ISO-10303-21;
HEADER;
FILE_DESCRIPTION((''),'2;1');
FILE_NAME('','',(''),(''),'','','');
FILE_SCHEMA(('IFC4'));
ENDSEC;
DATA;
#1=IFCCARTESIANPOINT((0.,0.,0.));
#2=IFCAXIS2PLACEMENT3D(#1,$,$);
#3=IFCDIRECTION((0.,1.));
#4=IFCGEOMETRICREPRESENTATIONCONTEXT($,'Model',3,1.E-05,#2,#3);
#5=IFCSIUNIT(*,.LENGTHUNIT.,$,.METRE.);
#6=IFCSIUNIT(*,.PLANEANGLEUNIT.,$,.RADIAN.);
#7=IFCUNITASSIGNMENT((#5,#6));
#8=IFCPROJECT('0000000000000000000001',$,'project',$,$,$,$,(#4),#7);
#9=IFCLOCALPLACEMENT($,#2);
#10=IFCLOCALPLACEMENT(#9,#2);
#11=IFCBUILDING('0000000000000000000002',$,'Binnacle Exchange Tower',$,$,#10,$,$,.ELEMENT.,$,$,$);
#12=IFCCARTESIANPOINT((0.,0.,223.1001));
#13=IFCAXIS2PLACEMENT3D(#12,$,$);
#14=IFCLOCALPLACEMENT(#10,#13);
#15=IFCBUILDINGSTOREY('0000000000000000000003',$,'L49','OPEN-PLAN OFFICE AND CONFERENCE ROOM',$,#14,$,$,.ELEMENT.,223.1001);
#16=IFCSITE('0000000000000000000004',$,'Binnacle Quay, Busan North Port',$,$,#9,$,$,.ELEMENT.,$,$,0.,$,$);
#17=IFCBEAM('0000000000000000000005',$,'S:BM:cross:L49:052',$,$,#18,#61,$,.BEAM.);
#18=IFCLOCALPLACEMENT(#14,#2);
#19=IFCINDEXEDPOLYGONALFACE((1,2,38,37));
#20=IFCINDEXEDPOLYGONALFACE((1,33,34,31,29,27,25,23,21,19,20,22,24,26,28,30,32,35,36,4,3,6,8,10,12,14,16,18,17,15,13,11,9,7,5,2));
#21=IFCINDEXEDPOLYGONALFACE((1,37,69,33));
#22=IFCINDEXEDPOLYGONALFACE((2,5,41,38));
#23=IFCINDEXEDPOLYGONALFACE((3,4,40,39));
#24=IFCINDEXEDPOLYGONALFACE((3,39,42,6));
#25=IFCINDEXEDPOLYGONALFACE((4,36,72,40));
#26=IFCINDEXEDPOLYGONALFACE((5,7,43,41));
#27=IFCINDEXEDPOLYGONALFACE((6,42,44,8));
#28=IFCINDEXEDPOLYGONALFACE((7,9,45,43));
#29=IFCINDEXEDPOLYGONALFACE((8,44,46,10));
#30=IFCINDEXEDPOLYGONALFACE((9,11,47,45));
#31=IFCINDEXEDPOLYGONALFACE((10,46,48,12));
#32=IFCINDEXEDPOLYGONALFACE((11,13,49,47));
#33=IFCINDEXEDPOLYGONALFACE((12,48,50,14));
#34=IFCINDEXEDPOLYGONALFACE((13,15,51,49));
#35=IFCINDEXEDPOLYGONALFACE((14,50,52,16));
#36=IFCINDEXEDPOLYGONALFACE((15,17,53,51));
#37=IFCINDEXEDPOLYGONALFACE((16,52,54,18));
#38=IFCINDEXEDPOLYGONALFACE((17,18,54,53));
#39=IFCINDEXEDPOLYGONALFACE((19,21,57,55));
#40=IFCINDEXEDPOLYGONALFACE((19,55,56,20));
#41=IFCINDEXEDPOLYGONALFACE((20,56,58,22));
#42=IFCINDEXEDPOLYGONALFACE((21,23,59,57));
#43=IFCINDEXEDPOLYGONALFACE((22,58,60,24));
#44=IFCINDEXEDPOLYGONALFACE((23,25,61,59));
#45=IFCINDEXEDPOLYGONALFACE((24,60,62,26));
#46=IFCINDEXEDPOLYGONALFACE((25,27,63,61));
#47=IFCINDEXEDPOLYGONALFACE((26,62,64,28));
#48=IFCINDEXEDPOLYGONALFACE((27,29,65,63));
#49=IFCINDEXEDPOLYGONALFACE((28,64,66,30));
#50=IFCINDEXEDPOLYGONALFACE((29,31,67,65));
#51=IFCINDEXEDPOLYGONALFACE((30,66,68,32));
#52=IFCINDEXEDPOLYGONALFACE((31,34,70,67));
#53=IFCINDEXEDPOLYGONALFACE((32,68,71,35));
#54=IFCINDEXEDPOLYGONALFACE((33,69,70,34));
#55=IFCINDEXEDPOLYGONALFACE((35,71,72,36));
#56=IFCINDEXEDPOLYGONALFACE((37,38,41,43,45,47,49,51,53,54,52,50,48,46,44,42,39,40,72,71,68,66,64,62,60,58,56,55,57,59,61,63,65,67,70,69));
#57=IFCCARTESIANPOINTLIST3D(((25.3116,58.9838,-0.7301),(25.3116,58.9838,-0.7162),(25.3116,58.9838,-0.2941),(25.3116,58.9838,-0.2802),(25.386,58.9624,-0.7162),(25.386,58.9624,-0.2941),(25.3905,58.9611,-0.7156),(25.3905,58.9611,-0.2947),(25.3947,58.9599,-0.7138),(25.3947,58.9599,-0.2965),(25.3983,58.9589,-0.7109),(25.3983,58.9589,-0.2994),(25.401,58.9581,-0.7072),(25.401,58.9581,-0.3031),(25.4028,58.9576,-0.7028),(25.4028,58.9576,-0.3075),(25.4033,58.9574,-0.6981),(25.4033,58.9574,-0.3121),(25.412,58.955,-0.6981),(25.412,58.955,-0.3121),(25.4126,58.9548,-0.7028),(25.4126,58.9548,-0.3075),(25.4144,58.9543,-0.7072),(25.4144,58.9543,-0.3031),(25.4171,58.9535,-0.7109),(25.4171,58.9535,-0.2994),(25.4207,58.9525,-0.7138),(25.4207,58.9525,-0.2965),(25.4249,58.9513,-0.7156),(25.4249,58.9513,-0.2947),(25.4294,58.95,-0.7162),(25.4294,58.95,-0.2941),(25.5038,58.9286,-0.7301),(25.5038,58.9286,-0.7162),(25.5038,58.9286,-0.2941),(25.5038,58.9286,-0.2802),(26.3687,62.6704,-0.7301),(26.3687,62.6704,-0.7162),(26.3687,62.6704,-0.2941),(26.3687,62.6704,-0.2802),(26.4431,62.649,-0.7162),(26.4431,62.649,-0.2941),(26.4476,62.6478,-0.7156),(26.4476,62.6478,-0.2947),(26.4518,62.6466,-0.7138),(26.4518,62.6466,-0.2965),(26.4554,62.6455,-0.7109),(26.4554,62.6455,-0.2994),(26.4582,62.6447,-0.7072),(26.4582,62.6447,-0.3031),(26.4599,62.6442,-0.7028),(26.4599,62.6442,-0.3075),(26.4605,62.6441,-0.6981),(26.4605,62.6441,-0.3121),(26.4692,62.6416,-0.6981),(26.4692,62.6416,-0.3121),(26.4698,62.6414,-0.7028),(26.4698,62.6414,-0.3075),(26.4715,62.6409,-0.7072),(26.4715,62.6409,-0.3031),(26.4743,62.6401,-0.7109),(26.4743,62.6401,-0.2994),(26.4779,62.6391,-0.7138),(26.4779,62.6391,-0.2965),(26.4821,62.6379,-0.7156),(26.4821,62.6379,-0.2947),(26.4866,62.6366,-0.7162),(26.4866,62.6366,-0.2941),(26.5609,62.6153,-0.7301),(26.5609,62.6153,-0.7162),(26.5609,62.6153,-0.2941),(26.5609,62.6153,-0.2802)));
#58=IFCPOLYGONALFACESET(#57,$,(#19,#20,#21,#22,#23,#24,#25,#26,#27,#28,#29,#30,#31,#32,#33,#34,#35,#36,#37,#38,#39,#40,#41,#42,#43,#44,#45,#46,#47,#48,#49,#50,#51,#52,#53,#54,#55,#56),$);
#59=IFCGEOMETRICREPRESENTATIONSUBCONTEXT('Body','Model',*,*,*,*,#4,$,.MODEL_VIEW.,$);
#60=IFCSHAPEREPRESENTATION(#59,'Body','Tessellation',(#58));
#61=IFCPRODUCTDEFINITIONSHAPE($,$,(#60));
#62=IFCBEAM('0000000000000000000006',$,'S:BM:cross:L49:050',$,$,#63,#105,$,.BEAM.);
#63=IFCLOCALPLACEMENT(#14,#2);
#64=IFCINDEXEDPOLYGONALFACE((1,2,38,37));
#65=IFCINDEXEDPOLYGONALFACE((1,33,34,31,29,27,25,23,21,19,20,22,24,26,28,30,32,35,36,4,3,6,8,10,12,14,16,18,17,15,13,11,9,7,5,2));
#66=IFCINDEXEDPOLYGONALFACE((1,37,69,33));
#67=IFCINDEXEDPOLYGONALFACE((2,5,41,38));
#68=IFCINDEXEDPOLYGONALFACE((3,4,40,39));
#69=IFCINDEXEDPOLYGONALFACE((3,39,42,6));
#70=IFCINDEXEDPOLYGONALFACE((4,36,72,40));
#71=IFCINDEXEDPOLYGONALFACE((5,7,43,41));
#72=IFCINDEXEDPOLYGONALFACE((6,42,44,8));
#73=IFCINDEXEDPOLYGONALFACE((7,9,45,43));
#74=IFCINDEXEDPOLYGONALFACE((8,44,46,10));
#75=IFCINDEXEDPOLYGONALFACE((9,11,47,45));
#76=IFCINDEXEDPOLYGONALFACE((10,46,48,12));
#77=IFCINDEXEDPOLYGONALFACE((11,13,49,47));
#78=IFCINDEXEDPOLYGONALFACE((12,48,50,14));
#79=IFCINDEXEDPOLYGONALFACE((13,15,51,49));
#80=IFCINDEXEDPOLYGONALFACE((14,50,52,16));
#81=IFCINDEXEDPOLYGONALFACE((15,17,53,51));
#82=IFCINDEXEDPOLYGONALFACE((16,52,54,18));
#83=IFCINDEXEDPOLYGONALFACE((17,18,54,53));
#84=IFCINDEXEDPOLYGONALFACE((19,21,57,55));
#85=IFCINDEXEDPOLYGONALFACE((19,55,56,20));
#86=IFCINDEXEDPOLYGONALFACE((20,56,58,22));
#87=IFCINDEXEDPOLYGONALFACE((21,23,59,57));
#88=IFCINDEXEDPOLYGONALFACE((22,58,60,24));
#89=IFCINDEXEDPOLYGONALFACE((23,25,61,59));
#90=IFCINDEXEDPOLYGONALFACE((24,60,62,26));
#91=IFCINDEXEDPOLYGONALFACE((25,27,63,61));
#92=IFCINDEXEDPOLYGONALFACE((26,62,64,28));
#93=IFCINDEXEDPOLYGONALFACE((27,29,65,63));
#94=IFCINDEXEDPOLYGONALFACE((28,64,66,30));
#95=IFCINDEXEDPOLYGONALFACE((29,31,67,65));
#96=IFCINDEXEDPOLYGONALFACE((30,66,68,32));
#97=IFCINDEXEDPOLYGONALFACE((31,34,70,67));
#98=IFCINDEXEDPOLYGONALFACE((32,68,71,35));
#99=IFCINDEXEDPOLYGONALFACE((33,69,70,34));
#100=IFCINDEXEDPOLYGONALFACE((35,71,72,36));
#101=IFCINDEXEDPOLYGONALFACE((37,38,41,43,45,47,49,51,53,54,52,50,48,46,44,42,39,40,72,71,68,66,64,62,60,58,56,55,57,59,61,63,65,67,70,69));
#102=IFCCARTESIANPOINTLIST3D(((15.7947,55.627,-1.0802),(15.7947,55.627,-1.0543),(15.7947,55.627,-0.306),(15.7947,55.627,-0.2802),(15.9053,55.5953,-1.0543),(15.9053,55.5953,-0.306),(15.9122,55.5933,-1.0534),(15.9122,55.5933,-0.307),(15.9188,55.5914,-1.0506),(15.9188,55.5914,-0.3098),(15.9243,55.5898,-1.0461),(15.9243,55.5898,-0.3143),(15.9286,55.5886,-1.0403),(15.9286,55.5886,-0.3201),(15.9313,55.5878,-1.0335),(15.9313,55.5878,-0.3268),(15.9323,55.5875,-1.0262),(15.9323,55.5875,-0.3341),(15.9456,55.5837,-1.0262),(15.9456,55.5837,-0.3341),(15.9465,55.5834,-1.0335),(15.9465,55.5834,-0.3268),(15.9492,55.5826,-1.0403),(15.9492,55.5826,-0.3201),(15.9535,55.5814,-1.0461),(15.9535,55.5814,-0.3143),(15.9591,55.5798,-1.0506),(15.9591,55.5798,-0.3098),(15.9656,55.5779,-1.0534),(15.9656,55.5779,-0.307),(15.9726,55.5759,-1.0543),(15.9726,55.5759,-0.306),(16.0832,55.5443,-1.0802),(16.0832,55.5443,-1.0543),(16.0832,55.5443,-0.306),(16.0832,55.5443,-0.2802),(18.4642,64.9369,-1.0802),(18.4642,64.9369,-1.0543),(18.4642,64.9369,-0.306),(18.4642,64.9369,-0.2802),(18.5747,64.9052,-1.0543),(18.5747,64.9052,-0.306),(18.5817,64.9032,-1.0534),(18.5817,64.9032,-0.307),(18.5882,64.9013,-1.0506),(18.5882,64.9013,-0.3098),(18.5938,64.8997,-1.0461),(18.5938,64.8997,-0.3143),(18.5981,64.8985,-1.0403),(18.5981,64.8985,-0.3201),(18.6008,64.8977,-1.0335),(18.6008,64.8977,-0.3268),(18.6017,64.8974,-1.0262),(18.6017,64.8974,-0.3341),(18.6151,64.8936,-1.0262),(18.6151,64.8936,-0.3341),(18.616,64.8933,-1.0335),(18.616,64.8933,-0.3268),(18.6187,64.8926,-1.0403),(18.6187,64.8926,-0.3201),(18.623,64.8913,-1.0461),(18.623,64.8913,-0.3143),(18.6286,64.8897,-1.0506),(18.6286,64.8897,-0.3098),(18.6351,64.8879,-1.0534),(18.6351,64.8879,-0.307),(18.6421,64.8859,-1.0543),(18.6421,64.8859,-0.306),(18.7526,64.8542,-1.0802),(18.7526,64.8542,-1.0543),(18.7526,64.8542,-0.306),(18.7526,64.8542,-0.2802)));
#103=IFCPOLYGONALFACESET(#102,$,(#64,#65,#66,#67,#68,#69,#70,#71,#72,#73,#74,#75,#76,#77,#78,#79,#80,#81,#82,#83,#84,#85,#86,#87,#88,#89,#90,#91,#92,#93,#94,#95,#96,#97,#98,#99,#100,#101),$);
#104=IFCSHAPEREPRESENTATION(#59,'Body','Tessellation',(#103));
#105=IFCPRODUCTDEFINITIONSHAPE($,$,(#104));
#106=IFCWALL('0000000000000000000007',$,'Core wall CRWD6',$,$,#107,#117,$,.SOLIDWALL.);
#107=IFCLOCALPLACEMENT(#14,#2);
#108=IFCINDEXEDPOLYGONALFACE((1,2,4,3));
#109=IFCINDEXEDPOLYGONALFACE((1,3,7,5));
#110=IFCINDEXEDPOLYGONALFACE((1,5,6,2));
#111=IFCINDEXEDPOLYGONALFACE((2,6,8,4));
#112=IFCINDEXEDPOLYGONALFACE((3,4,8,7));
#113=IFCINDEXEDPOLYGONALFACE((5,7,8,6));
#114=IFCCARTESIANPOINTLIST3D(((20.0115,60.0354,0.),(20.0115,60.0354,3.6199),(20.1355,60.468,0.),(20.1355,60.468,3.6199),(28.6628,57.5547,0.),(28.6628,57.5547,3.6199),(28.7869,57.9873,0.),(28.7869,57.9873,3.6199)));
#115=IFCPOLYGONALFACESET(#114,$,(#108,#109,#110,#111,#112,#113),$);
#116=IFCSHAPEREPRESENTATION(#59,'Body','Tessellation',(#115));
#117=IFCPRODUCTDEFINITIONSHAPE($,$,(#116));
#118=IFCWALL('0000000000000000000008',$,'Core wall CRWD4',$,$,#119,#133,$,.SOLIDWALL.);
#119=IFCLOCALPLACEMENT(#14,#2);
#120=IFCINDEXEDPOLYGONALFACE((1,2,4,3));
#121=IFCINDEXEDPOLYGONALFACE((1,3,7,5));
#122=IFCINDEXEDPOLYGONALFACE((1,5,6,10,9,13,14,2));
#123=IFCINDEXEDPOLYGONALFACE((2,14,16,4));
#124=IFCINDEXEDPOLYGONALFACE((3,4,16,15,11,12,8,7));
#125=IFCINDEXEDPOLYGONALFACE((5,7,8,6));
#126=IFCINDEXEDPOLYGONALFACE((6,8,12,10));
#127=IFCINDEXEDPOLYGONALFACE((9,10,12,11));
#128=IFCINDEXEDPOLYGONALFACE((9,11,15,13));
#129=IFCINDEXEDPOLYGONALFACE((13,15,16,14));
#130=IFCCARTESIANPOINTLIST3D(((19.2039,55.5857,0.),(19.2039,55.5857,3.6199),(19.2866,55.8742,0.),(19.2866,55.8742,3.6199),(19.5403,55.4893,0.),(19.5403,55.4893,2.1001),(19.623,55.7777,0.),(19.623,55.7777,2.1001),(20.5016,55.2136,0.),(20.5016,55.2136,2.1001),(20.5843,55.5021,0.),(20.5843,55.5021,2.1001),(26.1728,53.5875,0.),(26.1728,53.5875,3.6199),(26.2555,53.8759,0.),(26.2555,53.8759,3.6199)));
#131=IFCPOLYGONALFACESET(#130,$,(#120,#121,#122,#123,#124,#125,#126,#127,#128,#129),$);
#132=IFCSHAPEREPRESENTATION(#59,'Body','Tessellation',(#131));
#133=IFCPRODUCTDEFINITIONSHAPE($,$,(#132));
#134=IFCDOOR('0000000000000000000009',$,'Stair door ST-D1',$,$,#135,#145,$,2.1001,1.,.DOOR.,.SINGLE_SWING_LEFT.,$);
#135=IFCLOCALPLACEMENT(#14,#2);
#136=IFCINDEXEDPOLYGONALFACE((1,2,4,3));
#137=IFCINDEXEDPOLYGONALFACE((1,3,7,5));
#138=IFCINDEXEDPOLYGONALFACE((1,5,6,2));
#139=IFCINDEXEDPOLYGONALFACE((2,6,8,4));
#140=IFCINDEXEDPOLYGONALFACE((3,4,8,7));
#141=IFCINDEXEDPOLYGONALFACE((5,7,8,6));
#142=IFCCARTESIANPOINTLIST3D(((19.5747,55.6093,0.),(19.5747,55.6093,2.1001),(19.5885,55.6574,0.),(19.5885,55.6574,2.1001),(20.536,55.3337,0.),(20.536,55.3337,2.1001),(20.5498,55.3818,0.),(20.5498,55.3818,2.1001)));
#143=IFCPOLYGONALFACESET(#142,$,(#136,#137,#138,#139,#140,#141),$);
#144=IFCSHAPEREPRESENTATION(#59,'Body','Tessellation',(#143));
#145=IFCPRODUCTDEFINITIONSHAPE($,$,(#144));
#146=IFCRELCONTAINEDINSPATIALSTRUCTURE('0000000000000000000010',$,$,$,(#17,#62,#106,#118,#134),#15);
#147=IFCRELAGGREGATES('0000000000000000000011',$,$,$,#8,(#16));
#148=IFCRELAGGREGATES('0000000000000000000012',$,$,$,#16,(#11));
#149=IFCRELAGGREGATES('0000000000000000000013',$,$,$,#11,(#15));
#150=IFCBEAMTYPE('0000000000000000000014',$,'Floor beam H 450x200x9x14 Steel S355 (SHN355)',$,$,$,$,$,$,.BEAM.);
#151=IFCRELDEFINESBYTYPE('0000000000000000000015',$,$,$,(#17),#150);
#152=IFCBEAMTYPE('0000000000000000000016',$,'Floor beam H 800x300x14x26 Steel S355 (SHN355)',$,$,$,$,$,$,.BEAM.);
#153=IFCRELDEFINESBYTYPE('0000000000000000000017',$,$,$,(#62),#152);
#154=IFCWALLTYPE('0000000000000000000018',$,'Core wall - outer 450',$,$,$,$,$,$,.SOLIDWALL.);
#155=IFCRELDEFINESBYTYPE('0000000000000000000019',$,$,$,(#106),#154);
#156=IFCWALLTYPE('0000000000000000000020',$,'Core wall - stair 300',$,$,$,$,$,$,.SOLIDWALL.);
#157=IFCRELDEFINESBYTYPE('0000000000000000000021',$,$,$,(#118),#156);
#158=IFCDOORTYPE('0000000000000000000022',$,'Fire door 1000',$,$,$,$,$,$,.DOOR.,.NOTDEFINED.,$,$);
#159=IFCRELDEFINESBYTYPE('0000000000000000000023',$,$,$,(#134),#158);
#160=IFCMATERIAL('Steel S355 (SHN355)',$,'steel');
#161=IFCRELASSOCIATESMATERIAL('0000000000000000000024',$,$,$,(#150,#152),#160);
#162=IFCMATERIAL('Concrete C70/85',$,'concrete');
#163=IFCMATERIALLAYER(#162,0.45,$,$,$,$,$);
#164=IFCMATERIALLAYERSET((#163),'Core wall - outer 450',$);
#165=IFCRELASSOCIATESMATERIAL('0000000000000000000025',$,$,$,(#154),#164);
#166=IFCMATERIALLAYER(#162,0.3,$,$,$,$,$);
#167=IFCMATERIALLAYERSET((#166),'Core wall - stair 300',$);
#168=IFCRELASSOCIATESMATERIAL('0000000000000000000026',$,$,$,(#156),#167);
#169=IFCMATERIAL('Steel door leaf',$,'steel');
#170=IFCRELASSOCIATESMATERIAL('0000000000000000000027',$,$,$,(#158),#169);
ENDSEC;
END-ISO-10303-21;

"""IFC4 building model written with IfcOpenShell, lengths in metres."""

from ifc_helpers import new_model, si_unit, direction, frame, frame_2d, origin, origin_2d, place, context, subcontext, project, spatial, rectangle, i_section, extrude, material, layer, layer_set, material_profile, profile_set, type_object, element, fill, save


model = new_model("IFC4")

# Units and contexts
model_context = context("Model", 3, precision=1e-05, world=origin(), true_north=direction((0.0, 1.0)))
body_context = subcontext(model_context, "Body", "Model", "MODEL_VIEW")
ifc_project = project(units=[si_unit("LENGTHUNIT", "METRE"), si_unit("PLANEANGLEUNIT", "RADIAN")], contexts=[model_context])

# Site, building, storey
site_placement = place(None, origin())
site = spatial("IfcSite", under=ifc_project, at=site_placement, Name="Binnacle Quay, Busan North Port", CompositionType="ELEMENT", RefElevation=0.0)
building_placement = place(site_placement, origin())
building = spatial("IfcBuilding", under=site, at=building_placement, Name="Binnacle Exchange Tower", CompositionType="ELEMENT")
storey_placement = place(building_placement, frame((0.0, 0.0, 223.1001)))
storey = spatial("IfcBuildingStorey", under=building, at=storey_placement, Name="L49", Description="OPEN-PLAN OFFICE AND CONFERENCE ROOM", CompositionType="ELEMENT", Elevation=223.1001)

# Beams
ifc_material_1 = material(Name="Steel S355 (SHN355)", Category="steel")
ifc_material_profile_1 = material_profile(ifc_material_1, i_section(OverallWidth=0.2, OverallDepth=0.45, WebThickness=0.009, FlangeThickness=0.0139, FilletRadius=0.0181, at=origin_2d()), Name="H 450x200x9x14")
ifc_profile_set_1 = profile_set([ifc_material_profile_1], Name="Steel S355 (SHN355)")
beam_type_1 = type_object("IfcBeamType", Name="Floor beam H 450x200x9x14 Steel S355 (SHN355)", PredefinedType="BEAM", material=ifc_profile_set_1)
beam_1_placement = place(storey_placement, frame((26.4648, 62.6428, -0.5051), z_axis=(-0.275646, -0.961259, 0.0), x_axis=(0.961259, -0.275646, 0.0)))
element("IfcBeam", 1, at=beam_1_placement, inside=storey, type_object=beam_type_1, Name="S:BM:cross:L49:052", PredefinedType="BEAM", context=body_context, shape_type="SweptSolid", body=[
    extrude(i_section(OverallWidth=0.2, OverallDepth=0.45, WebThickness=0.009, FlangeThickness=0.0139, FilletRadius=0.0181, at=origin_2d()), origin(), (0.0, 0.0, 1.0), 3.8352),
])
ifc_material_profile_2 = material_profile(ifc_material_1, i_section(OverallWidth=0.3, OverallDepth=0.8, WebThickness=0.0139, FlangeThickness=0.0259, FilletRadius=0.0281, at=origin_2d()), Name="H 800x300x14x26")
ifc_profile_set_2 = profile_set([ifc_material_profile_2], Name="Steel S355 (SHN355)")
beam_type_2 = type_object("IfcBeamType", Name="Floor beam H 800x300x14x26 Steel S355 (SHN355)", PredefinedType="BEAM", material=ifc_profile_set_2)
beam_2_placement = place(storey_placement, frame((18.6084, 64.8955, -0.6802), z_axis=(-0.275627, -0.961265, 0.0), x_axis=(0.961265, -0.275627, 0.0)))
element("IfcBeam", 2, at=beam_2_placement, inside=storey, type_object=beam_type_2, Name="S:BM:cross:L49:050", PredefinedType="BEAM", context=body_context, shape_type="SweptSolid", body=[
    extrude(i_section(OverallWidth=0.3, OverallDepth=0.8, WebThickness=0.0139, FlangeThickness=0.0259, FilletRadius=0.0281, at=origin_2d()), origin(), (0.0, 0.0, 1.0), 9.6851),
])

# Wall
ifc_material_2 = material(Name="Concrete C70/85", Category="concrete")
ifc_layer_1 = layer(ifc_material_2, 0.45)
ifc_layer_set_1 = layer_set([ifc_layer_1], Name="Core wall - outer 450")
wall_type_1 = type_object("IfcWallType", Name="Core wall - outer 450", PredefinedType="SOLIDWALL", material=ifc_layer_set_1)
wall_1_placement = place(storey_placement, frame((20.0735, 60.2517, 0.0), z_axis=(0.0, 0.0, 1.0), x_axis=(0.961262, -0.275635, 0.0)))
element("IfcWall", 3, at=wall_1_placement, inside=storey, type_object=wall_type_1, Name="Core wall CRWD6", PredefinedType="SOLIDWALL", context=body_context, shape_type="SweptSolid", body=[
    extrude(rectangle(XDim=9.0, YDim=0.45, at=frame_2d((4.5, 0.0))), origin(), (0.0, 0.0, 1.0), 3.6199),
])

# Wall, opening, door
ifc_layer_2 = layer(ifc_material_2, 0.3)
ifc_layer_set_2 = layer_set([ifc_layer_2], Name="Core wall - stair 300")
wall_type_2 = type_object("IfcWallType", Name="Core wall - stair 300", PredefinedType="SOLIDWALL", material=ifc_layer_set_2)
wall_2_placement = place(storey_placement, frame((19.2451, 55.73, 0.0), z_axis=(0.0, 0.0, 1.0), x_axis=(0.961263, -0.275633, 0.0)))
wall_2 = element("IfcWall", 4, at=wall_2_placement, inside=storey, type_object=wall_type_2, Name="Core wall CRWD4", PredefinedType="SOLIDWALL", context=body_context, shape_type="SweptSolid", body=[
    extrude(rectangle(XDim=7.2498, YDim=0.3, at=frame_2d((3.625, 0.0))), origin(), (0.0, 0.0, 1.0), 3.6199),
])
opening_1_placement = place(wall_2_placement, frame((0.3501, 0.0, 0.0)))
opening_1 = element("IfcOpeningElement", 5, at=opening_1_placement, cuts=wall_2, PredefinedType="OPENING", context=body_context, shape_type="SweptSolid", body=[
    extrude(rectangle(XDim=1.0, YDim=2.1001, at=frame_2d((0.5, 1.05))), frame((0.0, 0.1599, 0.0), z_axis=(0.0, -1.0, 0.0), x_axis=(1.0, 0.0, 0.0)), (0.0, 0.0, 1.0), 0.3201),
])
ifc_material_3 = material(Name="Steel door leaf", Category="steel")
door_type = type_object("IfcDoorType", Name="Fire door 1000", OperationType="NOTDEFINED", PredefinedType="DOOR", material=ifc_material_3)
door_placement = place(opening_1_placement, origin())
door = element("IfcDoor", 6, at=door_placement, inside=storey, type_object=door_type, Name="Stair door ST-D1", OperationType="SINGLE_SWING_LEFT", OverallHeight=2.1001, OverallWidth=1.0, PredefinedType="DOOR", context=body_context, shape_type="SweptSolid", body=[
    extrude(rectangle(XDim=1.0, YDim=2.1001, at=frame_2d((0.5, 1.05))), frame((0.0, 0.0249, 0.0), z_axis=(0.0, -1.0, 0.0), x_axis=(1.0, 0.0, 0.0)), (0.0, 0.0, 1.0), 0.05),
])
fill(opening_1, door)

save(model, "model.ifc")
